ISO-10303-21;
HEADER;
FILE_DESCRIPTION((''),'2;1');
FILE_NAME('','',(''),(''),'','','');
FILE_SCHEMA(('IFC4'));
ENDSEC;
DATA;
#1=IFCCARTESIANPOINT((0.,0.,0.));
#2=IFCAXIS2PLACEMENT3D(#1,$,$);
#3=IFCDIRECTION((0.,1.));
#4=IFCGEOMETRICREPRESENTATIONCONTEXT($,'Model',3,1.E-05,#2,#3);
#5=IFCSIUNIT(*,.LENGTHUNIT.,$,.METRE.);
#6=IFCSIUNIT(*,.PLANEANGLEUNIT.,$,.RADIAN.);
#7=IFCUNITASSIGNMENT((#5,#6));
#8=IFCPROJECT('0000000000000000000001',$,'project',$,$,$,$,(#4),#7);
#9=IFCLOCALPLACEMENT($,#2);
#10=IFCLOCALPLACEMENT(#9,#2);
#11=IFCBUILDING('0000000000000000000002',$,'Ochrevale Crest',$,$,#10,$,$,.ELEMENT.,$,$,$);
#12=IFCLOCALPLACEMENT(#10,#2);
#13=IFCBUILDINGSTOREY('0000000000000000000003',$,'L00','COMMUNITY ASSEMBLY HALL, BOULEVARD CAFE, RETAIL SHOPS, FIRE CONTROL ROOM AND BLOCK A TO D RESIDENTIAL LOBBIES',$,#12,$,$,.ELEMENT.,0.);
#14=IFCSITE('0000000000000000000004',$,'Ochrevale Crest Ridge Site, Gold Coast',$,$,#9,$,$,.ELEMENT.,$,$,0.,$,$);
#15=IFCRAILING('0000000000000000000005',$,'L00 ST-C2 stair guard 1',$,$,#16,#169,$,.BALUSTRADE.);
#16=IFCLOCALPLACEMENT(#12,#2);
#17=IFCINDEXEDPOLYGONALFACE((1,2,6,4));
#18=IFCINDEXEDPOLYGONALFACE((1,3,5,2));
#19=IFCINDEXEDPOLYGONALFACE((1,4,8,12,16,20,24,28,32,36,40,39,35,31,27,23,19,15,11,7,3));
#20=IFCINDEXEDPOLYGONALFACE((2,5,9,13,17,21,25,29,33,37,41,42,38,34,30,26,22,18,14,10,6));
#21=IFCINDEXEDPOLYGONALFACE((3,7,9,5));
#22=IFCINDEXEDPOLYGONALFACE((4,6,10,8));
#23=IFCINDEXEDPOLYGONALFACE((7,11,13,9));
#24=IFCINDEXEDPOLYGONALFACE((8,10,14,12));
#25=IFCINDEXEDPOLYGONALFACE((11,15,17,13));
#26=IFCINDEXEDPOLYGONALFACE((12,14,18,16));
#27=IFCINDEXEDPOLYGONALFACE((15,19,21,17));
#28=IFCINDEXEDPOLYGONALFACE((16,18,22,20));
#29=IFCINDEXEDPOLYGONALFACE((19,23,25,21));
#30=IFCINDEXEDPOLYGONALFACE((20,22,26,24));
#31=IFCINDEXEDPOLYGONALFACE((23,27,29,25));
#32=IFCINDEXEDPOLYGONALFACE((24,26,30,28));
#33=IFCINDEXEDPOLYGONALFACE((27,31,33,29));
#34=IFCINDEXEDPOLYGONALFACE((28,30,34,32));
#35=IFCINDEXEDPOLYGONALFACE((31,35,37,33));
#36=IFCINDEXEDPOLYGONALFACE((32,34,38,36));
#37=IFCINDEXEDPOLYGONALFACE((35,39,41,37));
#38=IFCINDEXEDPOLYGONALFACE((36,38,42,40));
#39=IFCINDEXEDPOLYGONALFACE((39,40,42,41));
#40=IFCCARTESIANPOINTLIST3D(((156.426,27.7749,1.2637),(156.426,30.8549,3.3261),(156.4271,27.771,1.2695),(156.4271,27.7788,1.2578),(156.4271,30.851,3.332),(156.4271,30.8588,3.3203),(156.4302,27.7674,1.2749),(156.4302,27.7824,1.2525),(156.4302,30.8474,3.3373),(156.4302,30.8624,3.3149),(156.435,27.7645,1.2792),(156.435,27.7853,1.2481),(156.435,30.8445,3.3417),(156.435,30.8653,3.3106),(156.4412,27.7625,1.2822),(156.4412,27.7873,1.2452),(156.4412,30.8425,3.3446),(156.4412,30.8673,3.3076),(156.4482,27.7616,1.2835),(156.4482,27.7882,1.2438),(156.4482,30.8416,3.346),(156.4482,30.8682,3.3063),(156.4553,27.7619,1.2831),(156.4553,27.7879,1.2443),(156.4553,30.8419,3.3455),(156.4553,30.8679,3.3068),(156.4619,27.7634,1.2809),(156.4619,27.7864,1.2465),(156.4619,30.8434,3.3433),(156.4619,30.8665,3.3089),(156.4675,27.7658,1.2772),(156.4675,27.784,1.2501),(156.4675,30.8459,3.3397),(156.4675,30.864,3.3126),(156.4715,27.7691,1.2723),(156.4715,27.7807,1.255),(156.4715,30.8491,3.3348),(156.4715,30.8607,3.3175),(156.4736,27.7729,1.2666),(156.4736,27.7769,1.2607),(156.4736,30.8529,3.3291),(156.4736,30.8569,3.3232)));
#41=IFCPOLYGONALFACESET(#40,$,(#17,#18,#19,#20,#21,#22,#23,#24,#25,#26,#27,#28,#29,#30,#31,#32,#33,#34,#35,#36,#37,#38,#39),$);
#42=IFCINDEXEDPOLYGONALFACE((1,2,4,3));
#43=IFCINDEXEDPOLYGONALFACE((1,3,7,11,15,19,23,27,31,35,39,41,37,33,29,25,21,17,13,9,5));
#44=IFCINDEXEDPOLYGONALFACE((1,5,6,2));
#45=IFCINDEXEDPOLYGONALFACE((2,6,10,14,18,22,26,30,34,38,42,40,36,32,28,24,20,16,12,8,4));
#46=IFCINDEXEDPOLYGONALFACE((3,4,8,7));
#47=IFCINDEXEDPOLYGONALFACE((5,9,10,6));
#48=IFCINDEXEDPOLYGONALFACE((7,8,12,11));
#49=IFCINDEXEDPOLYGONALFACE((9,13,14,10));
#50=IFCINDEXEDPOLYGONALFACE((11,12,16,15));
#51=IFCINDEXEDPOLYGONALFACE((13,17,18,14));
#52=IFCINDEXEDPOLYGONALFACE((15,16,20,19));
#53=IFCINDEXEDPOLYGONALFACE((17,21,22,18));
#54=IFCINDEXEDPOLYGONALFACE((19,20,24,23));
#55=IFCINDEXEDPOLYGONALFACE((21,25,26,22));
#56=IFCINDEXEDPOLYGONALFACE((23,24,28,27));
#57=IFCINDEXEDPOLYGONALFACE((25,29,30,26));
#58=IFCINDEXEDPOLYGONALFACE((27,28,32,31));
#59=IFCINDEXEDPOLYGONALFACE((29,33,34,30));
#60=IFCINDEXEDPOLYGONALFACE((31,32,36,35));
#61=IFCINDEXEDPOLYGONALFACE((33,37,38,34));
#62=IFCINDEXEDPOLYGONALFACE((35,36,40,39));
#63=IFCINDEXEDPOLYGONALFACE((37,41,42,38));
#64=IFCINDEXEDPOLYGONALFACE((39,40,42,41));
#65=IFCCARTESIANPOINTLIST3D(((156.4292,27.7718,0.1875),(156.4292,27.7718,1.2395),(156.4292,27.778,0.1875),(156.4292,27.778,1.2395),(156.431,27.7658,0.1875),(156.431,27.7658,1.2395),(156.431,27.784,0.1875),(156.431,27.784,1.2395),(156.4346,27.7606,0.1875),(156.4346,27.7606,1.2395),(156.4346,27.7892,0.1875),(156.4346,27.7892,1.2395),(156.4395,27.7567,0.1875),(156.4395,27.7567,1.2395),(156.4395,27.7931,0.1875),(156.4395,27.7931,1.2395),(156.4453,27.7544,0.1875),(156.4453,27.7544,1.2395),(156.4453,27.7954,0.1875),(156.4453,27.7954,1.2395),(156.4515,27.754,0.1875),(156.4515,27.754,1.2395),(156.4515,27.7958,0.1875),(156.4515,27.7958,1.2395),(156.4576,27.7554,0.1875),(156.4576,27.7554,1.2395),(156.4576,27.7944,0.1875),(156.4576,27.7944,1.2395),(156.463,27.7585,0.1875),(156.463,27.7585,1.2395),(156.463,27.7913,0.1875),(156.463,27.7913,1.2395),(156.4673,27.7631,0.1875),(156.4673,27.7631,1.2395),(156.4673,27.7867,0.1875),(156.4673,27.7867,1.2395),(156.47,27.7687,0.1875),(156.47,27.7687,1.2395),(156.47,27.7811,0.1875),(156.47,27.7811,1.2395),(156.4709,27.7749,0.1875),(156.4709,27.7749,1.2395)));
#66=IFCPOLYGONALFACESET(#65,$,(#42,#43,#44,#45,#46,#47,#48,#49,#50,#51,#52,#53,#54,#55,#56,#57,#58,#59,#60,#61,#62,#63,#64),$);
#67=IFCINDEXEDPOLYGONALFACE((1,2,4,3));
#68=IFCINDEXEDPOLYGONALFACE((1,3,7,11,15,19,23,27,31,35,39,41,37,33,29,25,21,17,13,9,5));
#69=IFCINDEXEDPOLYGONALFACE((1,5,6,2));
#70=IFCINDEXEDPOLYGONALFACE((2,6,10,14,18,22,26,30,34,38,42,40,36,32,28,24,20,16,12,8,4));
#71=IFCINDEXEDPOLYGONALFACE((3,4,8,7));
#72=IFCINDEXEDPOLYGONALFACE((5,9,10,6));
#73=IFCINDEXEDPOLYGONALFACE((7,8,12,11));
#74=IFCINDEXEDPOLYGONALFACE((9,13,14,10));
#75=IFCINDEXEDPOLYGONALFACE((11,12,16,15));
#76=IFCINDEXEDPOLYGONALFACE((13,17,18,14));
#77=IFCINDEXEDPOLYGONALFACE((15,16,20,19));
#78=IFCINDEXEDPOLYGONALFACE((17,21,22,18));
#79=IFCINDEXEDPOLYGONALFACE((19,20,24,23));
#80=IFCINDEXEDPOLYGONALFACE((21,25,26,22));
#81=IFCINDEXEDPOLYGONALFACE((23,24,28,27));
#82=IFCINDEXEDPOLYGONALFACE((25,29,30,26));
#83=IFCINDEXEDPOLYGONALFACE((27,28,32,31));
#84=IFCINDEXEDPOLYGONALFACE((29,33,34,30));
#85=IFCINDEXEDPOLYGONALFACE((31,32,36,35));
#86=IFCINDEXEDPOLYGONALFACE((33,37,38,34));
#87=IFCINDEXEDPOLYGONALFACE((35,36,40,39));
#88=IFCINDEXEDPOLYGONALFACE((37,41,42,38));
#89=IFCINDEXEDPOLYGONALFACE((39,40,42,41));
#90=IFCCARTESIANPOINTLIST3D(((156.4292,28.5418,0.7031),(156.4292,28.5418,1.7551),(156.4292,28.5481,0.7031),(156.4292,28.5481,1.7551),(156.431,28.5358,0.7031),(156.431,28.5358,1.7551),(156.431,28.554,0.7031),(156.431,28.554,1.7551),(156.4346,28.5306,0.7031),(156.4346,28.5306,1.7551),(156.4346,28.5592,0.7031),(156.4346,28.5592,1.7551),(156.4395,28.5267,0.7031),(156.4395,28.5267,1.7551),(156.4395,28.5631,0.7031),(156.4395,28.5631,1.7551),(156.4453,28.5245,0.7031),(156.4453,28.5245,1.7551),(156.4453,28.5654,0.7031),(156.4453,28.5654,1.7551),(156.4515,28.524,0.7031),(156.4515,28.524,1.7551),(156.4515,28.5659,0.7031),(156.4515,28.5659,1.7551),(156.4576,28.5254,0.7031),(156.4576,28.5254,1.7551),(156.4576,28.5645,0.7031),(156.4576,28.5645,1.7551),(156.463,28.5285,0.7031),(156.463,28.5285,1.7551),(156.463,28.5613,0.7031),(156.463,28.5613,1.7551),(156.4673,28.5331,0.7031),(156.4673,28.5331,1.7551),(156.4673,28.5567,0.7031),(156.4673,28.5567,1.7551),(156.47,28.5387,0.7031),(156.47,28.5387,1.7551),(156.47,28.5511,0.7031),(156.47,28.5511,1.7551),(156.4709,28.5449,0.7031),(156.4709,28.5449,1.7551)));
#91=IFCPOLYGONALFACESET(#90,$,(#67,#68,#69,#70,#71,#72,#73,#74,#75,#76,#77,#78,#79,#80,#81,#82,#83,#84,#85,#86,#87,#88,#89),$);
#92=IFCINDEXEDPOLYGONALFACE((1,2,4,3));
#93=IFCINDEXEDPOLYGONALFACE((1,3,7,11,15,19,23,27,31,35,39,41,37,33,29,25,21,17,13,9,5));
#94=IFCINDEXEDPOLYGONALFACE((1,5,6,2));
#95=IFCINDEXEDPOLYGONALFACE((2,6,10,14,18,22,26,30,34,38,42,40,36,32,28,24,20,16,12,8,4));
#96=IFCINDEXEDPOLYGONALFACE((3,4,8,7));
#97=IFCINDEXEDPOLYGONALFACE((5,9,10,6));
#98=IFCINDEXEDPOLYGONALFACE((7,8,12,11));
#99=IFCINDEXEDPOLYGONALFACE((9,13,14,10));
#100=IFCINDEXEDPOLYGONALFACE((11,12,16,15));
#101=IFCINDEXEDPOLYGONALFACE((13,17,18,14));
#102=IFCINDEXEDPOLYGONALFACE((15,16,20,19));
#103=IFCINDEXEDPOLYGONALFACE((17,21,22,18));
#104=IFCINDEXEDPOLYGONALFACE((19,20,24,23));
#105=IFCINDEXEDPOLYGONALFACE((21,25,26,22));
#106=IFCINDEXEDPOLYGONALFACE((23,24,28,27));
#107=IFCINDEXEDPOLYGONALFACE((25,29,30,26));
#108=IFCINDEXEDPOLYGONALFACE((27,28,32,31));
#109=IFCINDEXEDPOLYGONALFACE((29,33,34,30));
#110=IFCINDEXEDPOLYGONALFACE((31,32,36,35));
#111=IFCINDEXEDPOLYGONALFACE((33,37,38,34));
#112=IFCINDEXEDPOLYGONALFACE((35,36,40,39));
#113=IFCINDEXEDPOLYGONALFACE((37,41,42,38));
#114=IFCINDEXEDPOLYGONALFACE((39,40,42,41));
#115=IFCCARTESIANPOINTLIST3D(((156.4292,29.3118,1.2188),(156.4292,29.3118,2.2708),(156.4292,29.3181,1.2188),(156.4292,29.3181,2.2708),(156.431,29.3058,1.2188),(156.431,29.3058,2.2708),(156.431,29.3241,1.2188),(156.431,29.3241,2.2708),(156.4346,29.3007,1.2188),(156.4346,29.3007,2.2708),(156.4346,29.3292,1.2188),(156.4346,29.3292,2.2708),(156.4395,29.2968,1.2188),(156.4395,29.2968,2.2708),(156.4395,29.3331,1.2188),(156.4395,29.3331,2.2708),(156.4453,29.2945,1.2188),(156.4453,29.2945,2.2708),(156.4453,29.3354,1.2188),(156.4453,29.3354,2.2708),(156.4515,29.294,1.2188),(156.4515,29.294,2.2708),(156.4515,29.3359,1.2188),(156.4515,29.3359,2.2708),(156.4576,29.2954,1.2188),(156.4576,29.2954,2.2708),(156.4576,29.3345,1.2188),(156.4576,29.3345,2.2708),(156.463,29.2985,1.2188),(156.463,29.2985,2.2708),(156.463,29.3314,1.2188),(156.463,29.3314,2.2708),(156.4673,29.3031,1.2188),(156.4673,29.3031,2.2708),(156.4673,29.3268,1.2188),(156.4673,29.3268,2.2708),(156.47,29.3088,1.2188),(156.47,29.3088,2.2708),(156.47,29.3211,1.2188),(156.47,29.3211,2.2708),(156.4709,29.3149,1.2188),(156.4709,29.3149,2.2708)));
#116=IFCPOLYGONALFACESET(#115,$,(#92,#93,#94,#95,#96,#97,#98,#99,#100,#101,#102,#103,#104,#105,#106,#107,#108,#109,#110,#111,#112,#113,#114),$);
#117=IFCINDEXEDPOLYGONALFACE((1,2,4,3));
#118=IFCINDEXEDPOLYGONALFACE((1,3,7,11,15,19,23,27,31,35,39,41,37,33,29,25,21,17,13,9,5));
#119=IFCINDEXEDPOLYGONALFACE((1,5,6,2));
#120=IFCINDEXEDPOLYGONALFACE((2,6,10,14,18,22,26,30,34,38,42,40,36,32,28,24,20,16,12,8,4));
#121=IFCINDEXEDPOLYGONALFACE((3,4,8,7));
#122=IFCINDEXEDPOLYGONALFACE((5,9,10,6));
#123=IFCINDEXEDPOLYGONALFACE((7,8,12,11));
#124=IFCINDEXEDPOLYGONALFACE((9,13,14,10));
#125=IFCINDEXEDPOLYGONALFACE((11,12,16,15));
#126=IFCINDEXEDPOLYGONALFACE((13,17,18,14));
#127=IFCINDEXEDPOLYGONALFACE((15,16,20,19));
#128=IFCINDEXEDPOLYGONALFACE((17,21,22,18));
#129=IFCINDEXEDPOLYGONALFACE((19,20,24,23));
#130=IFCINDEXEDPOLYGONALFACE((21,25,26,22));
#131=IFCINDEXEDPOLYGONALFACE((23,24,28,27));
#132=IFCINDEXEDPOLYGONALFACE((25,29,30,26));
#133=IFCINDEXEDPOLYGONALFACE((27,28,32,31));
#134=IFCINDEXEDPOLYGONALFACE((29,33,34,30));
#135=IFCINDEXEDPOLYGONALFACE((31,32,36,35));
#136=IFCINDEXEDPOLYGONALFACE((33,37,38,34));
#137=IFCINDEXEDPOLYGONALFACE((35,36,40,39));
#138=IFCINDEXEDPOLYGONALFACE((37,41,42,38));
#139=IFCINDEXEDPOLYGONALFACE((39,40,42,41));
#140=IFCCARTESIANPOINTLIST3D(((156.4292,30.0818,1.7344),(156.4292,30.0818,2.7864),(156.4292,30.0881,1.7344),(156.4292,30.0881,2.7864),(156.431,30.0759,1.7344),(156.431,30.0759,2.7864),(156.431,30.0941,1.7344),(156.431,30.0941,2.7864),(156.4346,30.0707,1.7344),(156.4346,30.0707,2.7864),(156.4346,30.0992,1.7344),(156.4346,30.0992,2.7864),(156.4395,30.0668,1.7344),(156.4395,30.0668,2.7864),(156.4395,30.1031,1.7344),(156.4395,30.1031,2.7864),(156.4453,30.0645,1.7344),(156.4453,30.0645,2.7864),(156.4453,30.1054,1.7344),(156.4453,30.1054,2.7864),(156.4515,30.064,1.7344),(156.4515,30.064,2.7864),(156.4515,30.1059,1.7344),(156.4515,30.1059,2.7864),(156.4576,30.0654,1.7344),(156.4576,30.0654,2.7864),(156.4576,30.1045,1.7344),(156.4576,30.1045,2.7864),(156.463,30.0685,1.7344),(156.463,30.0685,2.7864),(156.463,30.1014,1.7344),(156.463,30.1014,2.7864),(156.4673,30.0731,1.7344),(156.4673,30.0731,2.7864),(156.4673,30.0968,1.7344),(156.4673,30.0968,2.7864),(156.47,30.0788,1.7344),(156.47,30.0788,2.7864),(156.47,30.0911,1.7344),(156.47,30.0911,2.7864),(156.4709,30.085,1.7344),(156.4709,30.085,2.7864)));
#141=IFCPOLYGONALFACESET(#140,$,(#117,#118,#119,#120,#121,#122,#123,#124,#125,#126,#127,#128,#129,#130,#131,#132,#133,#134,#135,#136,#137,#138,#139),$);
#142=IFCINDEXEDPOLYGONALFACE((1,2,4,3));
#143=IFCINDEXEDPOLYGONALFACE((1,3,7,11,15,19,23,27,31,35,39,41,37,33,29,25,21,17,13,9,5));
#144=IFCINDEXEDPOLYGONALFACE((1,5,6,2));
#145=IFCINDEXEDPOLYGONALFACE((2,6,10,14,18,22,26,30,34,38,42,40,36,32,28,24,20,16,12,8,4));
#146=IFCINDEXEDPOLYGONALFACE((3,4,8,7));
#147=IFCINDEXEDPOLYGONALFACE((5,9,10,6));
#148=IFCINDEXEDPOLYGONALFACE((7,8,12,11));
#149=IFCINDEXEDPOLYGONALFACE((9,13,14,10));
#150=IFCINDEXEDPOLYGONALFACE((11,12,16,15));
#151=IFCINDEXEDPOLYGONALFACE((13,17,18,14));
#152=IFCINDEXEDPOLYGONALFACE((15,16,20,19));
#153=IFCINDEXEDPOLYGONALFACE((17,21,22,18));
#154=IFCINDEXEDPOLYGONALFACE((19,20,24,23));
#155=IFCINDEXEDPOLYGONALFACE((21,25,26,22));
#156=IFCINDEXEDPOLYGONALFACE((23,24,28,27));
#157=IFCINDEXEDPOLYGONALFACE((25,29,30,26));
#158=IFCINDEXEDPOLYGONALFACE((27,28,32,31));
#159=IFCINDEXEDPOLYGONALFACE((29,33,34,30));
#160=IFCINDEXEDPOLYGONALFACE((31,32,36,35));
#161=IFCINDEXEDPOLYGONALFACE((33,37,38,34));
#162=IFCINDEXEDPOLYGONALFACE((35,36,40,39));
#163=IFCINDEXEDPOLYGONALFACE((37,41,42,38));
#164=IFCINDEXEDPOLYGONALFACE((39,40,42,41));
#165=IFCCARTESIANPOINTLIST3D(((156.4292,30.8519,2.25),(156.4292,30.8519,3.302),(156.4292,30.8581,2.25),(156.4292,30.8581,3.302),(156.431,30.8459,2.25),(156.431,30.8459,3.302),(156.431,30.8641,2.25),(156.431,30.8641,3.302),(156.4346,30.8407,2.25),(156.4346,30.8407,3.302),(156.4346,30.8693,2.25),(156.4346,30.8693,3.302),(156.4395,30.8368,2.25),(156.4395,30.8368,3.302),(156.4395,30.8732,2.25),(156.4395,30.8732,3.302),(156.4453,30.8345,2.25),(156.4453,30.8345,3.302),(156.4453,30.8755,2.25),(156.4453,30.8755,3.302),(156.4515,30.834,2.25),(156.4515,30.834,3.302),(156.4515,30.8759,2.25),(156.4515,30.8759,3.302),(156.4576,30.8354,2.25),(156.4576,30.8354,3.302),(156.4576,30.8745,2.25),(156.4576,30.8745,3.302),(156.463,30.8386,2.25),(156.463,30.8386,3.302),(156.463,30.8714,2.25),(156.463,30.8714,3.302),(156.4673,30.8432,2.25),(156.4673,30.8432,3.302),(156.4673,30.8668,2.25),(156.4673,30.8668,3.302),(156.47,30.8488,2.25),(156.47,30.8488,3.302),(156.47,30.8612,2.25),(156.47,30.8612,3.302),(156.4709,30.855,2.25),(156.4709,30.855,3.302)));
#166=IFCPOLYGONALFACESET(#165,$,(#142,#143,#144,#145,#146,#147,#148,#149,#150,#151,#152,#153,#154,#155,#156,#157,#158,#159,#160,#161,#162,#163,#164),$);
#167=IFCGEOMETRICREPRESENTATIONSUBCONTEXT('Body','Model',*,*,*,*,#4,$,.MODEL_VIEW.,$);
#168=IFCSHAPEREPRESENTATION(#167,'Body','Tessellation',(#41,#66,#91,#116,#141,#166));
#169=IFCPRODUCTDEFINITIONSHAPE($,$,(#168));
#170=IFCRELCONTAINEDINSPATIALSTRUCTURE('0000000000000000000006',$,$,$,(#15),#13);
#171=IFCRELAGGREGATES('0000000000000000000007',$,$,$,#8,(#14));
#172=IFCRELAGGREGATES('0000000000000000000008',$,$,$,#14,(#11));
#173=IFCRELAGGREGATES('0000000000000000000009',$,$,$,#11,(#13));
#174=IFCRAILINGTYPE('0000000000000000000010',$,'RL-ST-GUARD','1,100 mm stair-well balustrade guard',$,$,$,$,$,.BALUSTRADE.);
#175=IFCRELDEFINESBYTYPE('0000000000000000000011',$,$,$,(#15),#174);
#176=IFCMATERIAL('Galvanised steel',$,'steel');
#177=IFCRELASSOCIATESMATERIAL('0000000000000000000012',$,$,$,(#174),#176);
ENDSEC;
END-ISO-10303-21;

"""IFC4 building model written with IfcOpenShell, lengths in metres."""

from ifc_helpers import new_model, si_unit, direction, frame, origin, origin_2d, place, context, subcontext, project, spatial, circle, extrude, material, type_object, element, save


model = new_model("IFC4")

# Units and contexts
model_context = context("Model", 3, precision=1e-05, world=origin(), true_north=direction((0.0, 1.0)))
body_context = subcontext(model_context, "Body", "Model", "MODEL_VIEW")
ifc_project = project(units=[si_unit("LENGTHUNIT", "METRE"), si_unit("PLANEANGLEUNIT", "RADIAN")], contexts=[model_context])

# Site, building, storey
site_placement = place(None, origin())
site = spatial("IfcSite", under=ifc_project, at=site_placement, Name="Ochrevale Crest Ridge Site, Gold Coast", CompositionType="ELEMENT", RefElevation=0.0)
building_placement = place(site_placement, origin())
building = spatial("IfcBuilding", under=site, at=building_placement, Name="Ochrevale Crest", CompositionType="ELEMENT")
storey_placement = place(building_placement, origin())
storey = spatial("IfcBuildingStorey", under=building, at=storey_placement, Name="L00", Description="COMMUNITY ASSEMBLY HALL, BOULEVARD CAFE, RETAIL SHOPS, FIRE CONTROL ROOM AND BLOCK A TO D RESIDENTIAL LOBBIES", CompositionType="ELEMENT", Elevation=0.0)

# Railing
ifc_material_1 = material(Name="Galvanised steel", Category="steel")
railing_type_1 = type_object("IfcRailingType", Name="RL-ST-GUARD", Description="1,100 mm stair-well balustrade guard", PredefinedType="BALUSTRADE", material=ifc_material_1)
railing_1_placement = place(storey_placement, frame((156.45, 27.7749, 0.1875)))
element("IfcRailing", 1, at=railing_1_placement, inside=storey, type_object=railing_type_1, Name="L00 ST-C2 stair guard 1", PredefinedType="BALUSTRADE", context=body_context, shape_type="SweptSolid", body=[
    extrude(circle(Radius=0.0239, at=origin_2d()), frame((0.0, 0.0, 1.0762), z_axis=(0.0, 0.830914, 0.556401), x_axis=(-1.0, 0.0, 0.0)), (0.0, 0.0, 1.0), 3.7068),
    extrude(circle(Radius=0.021, at=origin_2d()), origin(), (0.0, 0.0, 1.0), 1.052),
    extrude(circle(Radius=0.021, at=origin_2d()), frame((0.0, 0.77, 0.5156)), (0.0, 0.0, 1.0), 1.052),
    extrude(circle(Radius=0.021, at=origin_2d()), frame((0.0, 1.54, 1.0312)), (0.0, 0.0, 1.0), 1.052),
    extrude(circle(Radius=0.021, at=origin_2d()), frame((0.0, 2.3101, 1.5469)), (0.0, 0.0, 1.0), 1.052),
    extrude(circle(Radius=0.021, at=origin_2d()), frame((0.0, 3.0801, 2.0625)), (0.0, 0.0, 1.0), 1.052),
])

save(model, "model.ifc")
